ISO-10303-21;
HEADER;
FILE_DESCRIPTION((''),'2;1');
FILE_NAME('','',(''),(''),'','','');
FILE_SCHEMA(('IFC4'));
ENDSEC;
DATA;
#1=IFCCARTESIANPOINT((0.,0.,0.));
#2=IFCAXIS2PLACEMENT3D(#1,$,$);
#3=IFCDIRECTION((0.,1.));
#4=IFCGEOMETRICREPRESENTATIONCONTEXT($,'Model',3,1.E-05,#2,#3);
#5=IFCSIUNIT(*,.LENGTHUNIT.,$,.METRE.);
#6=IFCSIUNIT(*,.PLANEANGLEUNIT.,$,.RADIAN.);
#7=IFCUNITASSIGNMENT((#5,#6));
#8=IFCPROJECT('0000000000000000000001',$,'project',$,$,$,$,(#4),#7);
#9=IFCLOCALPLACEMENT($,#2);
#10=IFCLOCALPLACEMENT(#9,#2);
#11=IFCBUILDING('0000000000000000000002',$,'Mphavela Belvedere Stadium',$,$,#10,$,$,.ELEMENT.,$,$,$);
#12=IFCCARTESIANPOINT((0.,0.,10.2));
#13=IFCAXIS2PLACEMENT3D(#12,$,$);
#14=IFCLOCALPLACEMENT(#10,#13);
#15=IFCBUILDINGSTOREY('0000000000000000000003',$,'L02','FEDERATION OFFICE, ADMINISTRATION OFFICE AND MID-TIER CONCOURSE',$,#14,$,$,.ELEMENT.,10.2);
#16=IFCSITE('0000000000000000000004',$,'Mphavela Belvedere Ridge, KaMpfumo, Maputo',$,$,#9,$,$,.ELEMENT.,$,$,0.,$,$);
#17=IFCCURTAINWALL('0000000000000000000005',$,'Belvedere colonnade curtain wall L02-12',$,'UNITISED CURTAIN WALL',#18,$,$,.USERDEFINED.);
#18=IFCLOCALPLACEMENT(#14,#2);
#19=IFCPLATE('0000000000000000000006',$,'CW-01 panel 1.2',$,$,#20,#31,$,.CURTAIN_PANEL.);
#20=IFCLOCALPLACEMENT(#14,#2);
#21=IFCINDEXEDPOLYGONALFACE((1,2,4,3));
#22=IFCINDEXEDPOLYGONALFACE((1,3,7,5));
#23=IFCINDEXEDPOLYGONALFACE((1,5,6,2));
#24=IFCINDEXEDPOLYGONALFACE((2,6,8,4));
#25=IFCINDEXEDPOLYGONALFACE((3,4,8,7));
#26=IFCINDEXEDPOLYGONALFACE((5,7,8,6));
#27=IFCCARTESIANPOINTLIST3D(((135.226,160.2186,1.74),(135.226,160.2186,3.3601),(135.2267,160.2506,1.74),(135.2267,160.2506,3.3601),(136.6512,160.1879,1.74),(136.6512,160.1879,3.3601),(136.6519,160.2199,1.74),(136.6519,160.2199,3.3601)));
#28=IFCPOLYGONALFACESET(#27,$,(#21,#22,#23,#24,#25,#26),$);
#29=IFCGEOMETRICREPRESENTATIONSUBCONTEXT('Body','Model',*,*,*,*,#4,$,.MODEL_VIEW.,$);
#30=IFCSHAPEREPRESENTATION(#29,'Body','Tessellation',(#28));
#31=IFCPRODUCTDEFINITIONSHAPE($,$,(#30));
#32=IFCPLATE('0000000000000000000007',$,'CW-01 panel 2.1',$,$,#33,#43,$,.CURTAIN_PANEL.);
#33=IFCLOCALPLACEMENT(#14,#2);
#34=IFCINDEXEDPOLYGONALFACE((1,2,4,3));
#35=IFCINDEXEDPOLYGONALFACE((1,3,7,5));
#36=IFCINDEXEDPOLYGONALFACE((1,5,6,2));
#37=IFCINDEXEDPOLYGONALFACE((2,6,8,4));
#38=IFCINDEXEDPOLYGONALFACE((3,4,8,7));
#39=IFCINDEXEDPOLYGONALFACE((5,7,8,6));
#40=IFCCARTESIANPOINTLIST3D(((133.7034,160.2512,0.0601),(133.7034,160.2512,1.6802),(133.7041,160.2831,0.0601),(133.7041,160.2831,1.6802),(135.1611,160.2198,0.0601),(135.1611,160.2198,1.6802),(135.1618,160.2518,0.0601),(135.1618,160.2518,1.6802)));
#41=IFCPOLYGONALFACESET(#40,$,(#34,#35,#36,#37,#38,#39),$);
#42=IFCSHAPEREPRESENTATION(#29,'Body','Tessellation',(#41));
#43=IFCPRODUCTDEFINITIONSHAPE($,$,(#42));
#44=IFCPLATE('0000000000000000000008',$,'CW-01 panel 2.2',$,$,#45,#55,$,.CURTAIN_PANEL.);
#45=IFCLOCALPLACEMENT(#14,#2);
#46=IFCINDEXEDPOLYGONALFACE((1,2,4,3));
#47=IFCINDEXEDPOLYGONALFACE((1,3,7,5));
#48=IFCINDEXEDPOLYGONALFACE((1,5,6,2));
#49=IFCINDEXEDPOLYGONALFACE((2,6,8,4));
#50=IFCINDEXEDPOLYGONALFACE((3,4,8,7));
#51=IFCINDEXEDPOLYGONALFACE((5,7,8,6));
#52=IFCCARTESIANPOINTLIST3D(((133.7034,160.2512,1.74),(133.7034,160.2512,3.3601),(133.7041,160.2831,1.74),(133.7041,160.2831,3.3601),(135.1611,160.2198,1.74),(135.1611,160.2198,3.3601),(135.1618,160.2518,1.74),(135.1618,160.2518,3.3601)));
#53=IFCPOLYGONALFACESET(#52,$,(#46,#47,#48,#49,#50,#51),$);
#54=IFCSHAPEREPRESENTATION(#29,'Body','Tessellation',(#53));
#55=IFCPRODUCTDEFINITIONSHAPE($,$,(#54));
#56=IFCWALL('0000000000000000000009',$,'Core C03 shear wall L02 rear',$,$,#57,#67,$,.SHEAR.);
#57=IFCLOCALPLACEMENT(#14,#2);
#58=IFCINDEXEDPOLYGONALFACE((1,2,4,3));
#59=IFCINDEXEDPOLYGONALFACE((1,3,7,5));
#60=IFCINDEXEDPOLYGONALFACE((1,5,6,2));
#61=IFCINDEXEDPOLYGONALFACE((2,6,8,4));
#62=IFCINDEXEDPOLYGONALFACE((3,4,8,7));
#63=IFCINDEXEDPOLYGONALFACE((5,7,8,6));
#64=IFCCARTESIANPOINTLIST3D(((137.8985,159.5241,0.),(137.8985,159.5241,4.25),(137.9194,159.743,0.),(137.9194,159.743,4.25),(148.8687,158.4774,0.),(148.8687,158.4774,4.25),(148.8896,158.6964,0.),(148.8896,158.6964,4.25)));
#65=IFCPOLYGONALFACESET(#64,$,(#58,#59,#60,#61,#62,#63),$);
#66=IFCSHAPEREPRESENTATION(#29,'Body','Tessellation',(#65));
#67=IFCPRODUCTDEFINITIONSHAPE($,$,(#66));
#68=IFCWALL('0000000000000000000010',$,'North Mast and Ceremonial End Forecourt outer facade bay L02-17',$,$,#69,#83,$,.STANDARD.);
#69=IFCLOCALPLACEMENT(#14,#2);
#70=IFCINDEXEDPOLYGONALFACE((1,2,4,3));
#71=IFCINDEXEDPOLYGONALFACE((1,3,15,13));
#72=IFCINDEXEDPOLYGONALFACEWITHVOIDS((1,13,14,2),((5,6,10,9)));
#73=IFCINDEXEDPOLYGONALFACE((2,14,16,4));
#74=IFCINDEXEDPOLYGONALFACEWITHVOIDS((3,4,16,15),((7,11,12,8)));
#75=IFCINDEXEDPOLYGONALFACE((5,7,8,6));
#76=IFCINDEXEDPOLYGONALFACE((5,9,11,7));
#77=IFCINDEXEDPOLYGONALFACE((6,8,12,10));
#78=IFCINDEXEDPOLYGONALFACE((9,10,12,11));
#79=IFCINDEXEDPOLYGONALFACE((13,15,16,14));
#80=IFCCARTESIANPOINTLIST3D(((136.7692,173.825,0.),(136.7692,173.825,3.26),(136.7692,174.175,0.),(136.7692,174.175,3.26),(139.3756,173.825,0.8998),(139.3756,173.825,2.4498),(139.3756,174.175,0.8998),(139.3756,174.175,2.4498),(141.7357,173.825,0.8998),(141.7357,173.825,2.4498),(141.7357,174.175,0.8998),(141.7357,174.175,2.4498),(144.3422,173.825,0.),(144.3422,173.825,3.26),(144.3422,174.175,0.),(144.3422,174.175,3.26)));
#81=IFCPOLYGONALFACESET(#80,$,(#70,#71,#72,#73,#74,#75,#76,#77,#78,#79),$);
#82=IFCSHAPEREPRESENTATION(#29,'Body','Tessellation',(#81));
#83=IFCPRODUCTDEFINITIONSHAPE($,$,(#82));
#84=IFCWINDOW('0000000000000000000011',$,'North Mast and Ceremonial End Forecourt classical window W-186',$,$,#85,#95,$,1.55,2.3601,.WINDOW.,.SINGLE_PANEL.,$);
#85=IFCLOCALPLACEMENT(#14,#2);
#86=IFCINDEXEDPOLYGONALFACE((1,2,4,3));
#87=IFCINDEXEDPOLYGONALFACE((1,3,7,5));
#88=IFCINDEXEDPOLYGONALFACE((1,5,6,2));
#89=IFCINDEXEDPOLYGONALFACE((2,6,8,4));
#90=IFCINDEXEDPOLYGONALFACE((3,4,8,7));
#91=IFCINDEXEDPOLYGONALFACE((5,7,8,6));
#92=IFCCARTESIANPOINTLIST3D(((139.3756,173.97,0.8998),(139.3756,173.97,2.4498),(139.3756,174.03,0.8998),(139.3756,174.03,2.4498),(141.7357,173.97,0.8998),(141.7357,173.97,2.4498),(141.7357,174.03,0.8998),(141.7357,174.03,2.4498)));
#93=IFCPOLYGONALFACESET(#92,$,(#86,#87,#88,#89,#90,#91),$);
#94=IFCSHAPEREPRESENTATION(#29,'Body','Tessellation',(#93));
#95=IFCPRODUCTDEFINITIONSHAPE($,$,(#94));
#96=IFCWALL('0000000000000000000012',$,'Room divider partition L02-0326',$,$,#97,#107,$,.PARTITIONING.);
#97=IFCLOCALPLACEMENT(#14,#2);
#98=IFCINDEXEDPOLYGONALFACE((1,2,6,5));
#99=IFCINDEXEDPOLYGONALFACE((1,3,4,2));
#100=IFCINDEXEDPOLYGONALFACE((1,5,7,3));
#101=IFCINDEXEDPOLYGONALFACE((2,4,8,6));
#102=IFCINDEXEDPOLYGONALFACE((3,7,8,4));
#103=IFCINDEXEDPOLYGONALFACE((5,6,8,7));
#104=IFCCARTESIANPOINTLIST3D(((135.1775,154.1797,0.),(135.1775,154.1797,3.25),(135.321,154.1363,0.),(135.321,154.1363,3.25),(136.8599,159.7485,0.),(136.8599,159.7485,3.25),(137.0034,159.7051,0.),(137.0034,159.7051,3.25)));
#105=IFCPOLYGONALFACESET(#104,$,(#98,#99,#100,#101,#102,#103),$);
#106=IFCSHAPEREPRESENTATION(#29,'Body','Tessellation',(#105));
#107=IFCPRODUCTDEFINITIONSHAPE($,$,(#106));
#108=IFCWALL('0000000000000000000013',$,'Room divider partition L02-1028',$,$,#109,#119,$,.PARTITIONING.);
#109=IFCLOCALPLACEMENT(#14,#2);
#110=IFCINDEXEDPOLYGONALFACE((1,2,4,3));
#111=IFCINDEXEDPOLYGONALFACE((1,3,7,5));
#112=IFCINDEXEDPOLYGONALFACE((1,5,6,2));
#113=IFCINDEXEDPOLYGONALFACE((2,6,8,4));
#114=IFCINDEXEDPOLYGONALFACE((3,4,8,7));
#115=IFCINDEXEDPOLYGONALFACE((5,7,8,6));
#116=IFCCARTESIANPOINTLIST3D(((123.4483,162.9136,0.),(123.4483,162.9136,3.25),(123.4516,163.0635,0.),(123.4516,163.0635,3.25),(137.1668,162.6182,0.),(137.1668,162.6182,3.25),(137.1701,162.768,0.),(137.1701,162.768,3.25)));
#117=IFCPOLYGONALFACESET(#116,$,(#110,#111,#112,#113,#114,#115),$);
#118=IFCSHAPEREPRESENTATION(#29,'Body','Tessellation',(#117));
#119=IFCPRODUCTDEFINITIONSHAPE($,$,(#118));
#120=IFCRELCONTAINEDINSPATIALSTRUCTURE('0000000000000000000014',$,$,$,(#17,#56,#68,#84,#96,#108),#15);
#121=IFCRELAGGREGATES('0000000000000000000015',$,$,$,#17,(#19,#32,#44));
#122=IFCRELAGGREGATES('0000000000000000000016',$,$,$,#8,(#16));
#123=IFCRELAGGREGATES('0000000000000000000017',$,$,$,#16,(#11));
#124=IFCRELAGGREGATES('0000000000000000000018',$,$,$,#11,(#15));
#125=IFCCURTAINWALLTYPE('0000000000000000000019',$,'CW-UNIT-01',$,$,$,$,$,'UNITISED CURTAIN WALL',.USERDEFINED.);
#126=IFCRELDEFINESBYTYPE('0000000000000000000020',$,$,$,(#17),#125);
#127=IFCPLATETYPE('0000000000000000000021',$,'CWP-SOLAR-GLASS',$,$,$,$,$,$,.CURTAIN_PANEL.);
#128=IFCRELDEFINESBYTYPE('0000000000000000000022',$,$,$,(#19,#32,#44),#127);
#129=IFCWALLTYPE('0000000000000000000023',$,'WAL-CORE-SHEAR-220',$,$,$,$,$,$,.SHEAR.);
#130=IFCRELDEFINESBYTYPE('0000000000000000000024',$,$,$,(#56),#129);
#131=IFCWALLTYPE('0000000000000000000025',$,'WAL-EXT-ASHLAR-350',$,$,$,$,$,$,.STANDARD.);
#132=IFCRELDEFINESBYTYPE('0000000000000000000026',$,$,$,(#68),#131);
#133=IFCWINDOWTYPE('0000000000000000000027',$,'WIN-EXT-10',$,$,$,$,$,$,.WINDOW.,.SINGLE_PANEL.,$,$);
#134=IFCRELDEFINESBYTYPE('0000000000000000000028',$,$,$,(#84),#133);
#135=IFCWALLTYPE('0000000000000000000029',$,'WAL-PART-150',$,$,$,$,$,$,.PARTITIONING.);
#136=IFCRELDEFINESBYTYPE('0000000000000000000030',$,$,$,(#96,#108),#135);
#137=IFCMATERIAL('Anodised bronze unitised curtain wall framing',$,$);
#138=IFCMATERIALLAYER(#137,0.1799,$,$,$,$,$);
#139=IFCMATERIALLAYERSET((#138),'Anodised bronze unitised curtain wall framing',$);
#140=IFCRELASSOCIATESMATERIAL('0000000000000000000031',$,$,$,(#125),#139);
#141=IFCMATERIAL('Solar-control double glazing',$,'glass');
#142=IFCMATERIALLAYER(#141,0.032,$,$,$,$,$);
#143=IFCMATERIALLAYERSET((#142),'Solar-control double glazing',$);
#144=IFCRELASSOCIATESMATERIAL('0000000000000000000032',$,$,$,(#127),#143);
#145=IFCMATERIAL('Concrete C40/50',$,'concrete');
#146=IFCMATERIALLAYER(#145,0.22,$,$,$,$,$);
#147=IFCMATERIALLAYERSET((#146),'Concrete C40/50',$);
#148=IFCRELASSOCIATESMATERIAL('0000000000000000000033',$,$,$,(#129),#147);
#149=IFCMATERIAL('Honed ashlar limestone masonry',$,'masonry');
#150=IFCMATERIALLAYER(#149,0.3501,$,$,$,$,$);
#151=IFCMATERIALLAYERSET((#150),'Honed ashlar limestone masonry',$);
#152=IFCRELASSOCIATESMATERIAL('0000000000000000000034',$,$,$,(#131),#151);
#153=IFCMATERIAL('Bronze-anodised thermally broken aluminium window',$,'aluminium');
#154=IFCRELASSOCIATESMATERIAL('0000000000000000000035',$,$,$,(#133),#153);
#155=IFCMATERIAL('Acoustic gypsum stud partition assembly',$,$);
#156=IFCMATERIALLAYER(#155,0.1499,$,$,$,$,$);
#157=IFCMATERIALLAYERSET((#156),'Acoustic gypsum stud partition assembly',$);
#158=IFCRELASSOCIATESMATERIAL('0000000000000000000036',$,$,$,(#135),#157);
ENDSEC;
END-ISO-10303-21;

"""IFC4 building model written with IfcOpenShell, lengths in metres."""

from ifc_helpers import new_model, si_unit, direction, frame, frame_2d, origin, origin_2d, place, context, subcontext, project, spatial, rectangle, extrude, material, layer, layer_set, type_object, element, fill, aggregate, save


model = new_model("IFC4")

# Units and contexts
model_context = context("Model", 3, precision=1e-05, world=origin(), true_north=direction((0.0, 1.0)))
body_context = subcontext(model_context, "Body", "Model", "MODEL_VIEW")
ifc_project = project(units=[si_unit("LENGTHUNIT", "METRE"), si_unit("PLANEANGLEUNIT", "RADIAN")], contexts=[model_context])

# Site, building, storey
site_placement = place(None, origin())
site = spatial("IfcSite", under=ifc_project, at=site_placement, Name="Mphavela Belvedere Ridge, KaMpfumo, Maputo", CompositionType="ELEMENT", RefElevation=0.0)
building_placement = place(site_placement, origin())
building = spatial("IfcBuilding", under=site, at=building_placement, Name="Mphavela Belvedere Stadium", CompositionType="ELEMENT")
storey_placement = place(building_placement, frame((0.0, 0.0, 10.2)))
storey = spatial("IfcBuildingStorey", under=building, at=storey_placement, Name="L02", Description="FEDERATION OFFICE, ADMINISTRATION OFFICE AND MID-TIER CONCOURSE", CompositionType="ELEMENT", Elevation=10.2)

# Curtain wall
ifc_material_1 = material(Name="Anodised bronze unitised curtain wall framing")
ifc_layer_1 = layer(ifc_material_1, 0.1799)
ifc_layer_set_1 = layer_set([ifc_layer_1], Name="Anodised bronze unitised curtain wall framing")
curtain_wall_type_1 = type_object("IfcCurtainWallType", Name="CW-UNIT-01", ElementType="UNITISED CURTAIN WALL", PredefinedType="USERDEFINED", material=ifc_layer_set_1)
curtain_wall_1_placement = place(storey_placement, origin())
curtain_wall_1 = element("IfcCurtainWall", 1, at=curtain_wall_1_placement, inside=storey, type_object=curtain_wall_type_1, Name="Belvedere colonnade curtain wall L02-12", ObjectType="UNITISED CURTAIN WALL", PredefinedType="USERDEFINED")

# Plates
ifc_material_2 = material(Name="Solar-control double glazing", Category="glass")
ifc_layer_2 = layer(ifc_material_2, 0.032)
ifc_layer_set_2 = layer_set([ifc_layer_2], Name="Solar-control double glazing")
plate_type = type_object("IfcPlateType", Name="CWP-SOLAR-GLASS", PredefinedType="CURTAIN_PANEL", material=ifc_layer_set_2)
plate_1_placement = place(storey_placement, frame((135.939, 160.2192, 1.74), z_axis=(0.0, 0.0, 1.0), x_axis=(-0.999768, 0.021525, 0.0)))
plate_1 = element("IfcPlate", 2, at=plate_1_placement, type_object=plate_type, Name="CW-01 panel 1.2", PredefinedType="CURTAIN_PANEL", context=body_context, shape_type="SweptSolid", body=[
    extrude(rectangle(XDim=1.4255, YDim=0.032, at=origin_2d()), origin(), (0.0, 0.0, 1.0), 1.6201),
])
plate_2_placement = place(storey_placement, frame((134.4326, 160.2515, 0.0601), z_axis=(0.0, 0.0, 1.0), x_axis=(-0.999768, 0.021525, 0.0)))
plate_2 = element("IfcPlate", 3, at=plate_2_placement, type_object=plate_type, Name="CW-01 panel 2.1", PredefinedType="CURTAIN_PANEL", context=body_context, shape_type="SweptSolid", body=[
    extrude(rectangle(XDim=1.458, YDim=0.032, at=origin_2d()), origin(), (0.0, 0.0, 1.0), 1.6201),
])
plate_3_placement = place(storey_placement, frame((134.4326, 160.2515, 1.74), z_axis=(0.0, 0.0, 1.0), x_axis=(-0.999768, 0.021525, 0.0)))
plate_3 = element("IfcPlate", 4, at=plate_3_placement, type_object=plate_type, Name="CW-01 panel 2.2", PredefinedType="CURTAIN_PANEL", context=body_context, shape_type="SweptSolid", body=[
    extrude(rectangle(XDim=1.458, YDim=0.032, at=origin_2d()), origin(), (0.0, 0.0, 1.0), 1.6201),
])
aggregate(curtain_wall_1, [plate_1, plate_2, plate_3])

# Wall
ifc_material_3 = material(Name="Concrete C40/50", Category="concrete")
ifc_layer_3 = layer(ifc_material_3, 0.22)
ifc_layer_set_3 = layer_set([ifc_layer_3], Name="Concrete C40/50")
wall_type_1 = type_object("IfcWallType", Name="WAL-CORE-SHEAR-220", PredefinedType="SHEAR", material=ifc_layer_set_3)
wall_1_placement = place(storey_placement, frame((137.9089, 159.6335, 0.0), z_axis=(0.0, 0.0, 1.0), x_axis=(0.99548, -0.094975, 0.0)))
element("IfcWall", 5, at=wall_1_placement, inside=storey, type_object=wall_type_1, Name="Core C03 shear wall L02 rear", PredefinedType="SHEAR", context=body_context, shape_type="SweptSolid", body=[
    extrude(rectangle(XDim=11.02, YDim=0.22, at=frame_2d((5.51, 0.0))), origin(), (0.0, 0.0, 1.0), 4.25),
])

# Wall, opening, window
ifc_material_4 = material(Name="Honed ashlar limestone masonry", Category="masonry")
ifc_layer_4 = layer(ifc_material_4, 0.3501)
ifc_layer_set_4 = layer_set([ifc_layer_4], Name="Honed ashlar limestone masonry")
wall_type_2 = type_object("IfcWallType", Name="WAL-EXT-ASHLAR-350", PredefinedType="STANDARD", material=ifc_layer_set_4)
wall_2_placement = place(storey_placement, frame((136.769, 174.0, 0.0), z_axis=(0.0, 0.0, 1.0), x_axis=(1.0, 0.0, 0.0)))
wall_2 = element("IfcWall", 6, at=wall_2_placement, inside=storey, type_object=wall_type_2, Name="North Mast and Ceremonial End Forecourt outer facade bay L02-17", PredefinedType="STANDARD", context=body_context, shape_type="SweptSolid", body=[
    extrude(rectangle(XDim=7.573, YDim=0.3501, at=frame_2d((3.7866, 0.0))), origin(), (0.0, 0.0, 1.0), 3.26),
])
opening_placement = place(wall_2_placement, frame((2.6064, 0.0, 0.8999)))
opening = element("IfcOpeningElement", 7, at=opening_placement, cuts=wall_2, PredefinedType="OPENING", context=body_context, shape_type="SweptSolid", body=[
    extrude(rectangle(XDim=2.3601, YDim=1.55, at=frame_2d((1.1802, 0.7749))), frame((0.0, 0.1851, 0.0), z_axis=(0.0, -1.0, 0.0), x_axis=(1.0, 0.0, 0.0)), (0.0, 0.0, 1.0), 0.3701),
])
ifc_material_5 = material(Name="Bronze-anodised thermally broken aluminium window", Category="aluminium")
window_type = type_object("IfcWindowType", Name="WIN-EXT-10", PartitioningType="SINGLE_PANEL", PredefinedType="WINDOW", material=ifc_material_5)
window_placement = place(opening_placement, origin())
window = element("IfcWindow", 8, at=window_placement, inside=storey, type_object=window_type, Name="North Mast and Ceremonial End Forecourt classical window W-186", OverallHeight=1.55, OverallWidth=2.3601, PartitioningType="SINGLE_PANEL", PredefinedType="WINDOW", context=body_context, shape_type="SweptSolid", body=[
    extrude(rectangle(XDim=2.3601, YDim=1.55, at=frame_2d((1.1802, 0.7749))), frame((0.0, 0.03, 0.0), z_axis=(0.0, -1.0, 0.0), x_axis=(1.0, 0.0, 0.0)), (0.0, 0.0, 1.0), 0.0601),
])
fill(opening, window)

# Walls
ifc_material_6 = material(Name="Acoustic gypsum stud partition assembly")
ifc_layer_5 = layer(ifc_material_6, 0.1499)
ifc_layer_set_5 = layer_set([ifc_layer_5], Name="Acoustic gypsum stud partition assembly")
wall_type_3 = type_object("IfcWallType", Name="WAL-PART-150", PredefinedType="PARTITIONING", material=ifc_layer_set_5)
wall_3_placement = place(storey_placement, frame((136.9316, 159.7268, 0.0), z_axis=(0.0, 0.0, 1.0), x_axis=(-0.289195, -0.95727, 0.0)))
element("IfcWall", 9, at=wall_3_placement, inside=storey, type_object=wall_type_3, Name="Room divider partition L02-0326", PredefinedType="PARTITIONING", context=body_context, shape_type="SweptSolid", body=[
    extrude(rectangle(XDim=5.8174, YDim=0.1499, at=frame_2d((2.9087, 0.0))), origin(), (0.0, 0.0, 1.0), 3.25),
])
wall_4_placement = place(storey_placement, frame((137.1685, 162.6931, 0.0), z_axis=(0.0, 0.0, 1.0), x_axis=(-0.999768, 0.021529, 0.0)))
element("IfcWall", 10, at=wall_4_placement, inside=storey, type_object=wall_type_3, Name="Room divider partition L02-1028", PredefinedType="PARTITIONING", context=body_context, shape_type="SweptSolid", body=[
    extrude(rectangle(XDim=13.7217, YDim=0.1499, at=frame_2d((6.8608, 0.0))), origin(), (0.0, 0.0, 1.0), 3.25),
])

save(model, "model.ifc")
